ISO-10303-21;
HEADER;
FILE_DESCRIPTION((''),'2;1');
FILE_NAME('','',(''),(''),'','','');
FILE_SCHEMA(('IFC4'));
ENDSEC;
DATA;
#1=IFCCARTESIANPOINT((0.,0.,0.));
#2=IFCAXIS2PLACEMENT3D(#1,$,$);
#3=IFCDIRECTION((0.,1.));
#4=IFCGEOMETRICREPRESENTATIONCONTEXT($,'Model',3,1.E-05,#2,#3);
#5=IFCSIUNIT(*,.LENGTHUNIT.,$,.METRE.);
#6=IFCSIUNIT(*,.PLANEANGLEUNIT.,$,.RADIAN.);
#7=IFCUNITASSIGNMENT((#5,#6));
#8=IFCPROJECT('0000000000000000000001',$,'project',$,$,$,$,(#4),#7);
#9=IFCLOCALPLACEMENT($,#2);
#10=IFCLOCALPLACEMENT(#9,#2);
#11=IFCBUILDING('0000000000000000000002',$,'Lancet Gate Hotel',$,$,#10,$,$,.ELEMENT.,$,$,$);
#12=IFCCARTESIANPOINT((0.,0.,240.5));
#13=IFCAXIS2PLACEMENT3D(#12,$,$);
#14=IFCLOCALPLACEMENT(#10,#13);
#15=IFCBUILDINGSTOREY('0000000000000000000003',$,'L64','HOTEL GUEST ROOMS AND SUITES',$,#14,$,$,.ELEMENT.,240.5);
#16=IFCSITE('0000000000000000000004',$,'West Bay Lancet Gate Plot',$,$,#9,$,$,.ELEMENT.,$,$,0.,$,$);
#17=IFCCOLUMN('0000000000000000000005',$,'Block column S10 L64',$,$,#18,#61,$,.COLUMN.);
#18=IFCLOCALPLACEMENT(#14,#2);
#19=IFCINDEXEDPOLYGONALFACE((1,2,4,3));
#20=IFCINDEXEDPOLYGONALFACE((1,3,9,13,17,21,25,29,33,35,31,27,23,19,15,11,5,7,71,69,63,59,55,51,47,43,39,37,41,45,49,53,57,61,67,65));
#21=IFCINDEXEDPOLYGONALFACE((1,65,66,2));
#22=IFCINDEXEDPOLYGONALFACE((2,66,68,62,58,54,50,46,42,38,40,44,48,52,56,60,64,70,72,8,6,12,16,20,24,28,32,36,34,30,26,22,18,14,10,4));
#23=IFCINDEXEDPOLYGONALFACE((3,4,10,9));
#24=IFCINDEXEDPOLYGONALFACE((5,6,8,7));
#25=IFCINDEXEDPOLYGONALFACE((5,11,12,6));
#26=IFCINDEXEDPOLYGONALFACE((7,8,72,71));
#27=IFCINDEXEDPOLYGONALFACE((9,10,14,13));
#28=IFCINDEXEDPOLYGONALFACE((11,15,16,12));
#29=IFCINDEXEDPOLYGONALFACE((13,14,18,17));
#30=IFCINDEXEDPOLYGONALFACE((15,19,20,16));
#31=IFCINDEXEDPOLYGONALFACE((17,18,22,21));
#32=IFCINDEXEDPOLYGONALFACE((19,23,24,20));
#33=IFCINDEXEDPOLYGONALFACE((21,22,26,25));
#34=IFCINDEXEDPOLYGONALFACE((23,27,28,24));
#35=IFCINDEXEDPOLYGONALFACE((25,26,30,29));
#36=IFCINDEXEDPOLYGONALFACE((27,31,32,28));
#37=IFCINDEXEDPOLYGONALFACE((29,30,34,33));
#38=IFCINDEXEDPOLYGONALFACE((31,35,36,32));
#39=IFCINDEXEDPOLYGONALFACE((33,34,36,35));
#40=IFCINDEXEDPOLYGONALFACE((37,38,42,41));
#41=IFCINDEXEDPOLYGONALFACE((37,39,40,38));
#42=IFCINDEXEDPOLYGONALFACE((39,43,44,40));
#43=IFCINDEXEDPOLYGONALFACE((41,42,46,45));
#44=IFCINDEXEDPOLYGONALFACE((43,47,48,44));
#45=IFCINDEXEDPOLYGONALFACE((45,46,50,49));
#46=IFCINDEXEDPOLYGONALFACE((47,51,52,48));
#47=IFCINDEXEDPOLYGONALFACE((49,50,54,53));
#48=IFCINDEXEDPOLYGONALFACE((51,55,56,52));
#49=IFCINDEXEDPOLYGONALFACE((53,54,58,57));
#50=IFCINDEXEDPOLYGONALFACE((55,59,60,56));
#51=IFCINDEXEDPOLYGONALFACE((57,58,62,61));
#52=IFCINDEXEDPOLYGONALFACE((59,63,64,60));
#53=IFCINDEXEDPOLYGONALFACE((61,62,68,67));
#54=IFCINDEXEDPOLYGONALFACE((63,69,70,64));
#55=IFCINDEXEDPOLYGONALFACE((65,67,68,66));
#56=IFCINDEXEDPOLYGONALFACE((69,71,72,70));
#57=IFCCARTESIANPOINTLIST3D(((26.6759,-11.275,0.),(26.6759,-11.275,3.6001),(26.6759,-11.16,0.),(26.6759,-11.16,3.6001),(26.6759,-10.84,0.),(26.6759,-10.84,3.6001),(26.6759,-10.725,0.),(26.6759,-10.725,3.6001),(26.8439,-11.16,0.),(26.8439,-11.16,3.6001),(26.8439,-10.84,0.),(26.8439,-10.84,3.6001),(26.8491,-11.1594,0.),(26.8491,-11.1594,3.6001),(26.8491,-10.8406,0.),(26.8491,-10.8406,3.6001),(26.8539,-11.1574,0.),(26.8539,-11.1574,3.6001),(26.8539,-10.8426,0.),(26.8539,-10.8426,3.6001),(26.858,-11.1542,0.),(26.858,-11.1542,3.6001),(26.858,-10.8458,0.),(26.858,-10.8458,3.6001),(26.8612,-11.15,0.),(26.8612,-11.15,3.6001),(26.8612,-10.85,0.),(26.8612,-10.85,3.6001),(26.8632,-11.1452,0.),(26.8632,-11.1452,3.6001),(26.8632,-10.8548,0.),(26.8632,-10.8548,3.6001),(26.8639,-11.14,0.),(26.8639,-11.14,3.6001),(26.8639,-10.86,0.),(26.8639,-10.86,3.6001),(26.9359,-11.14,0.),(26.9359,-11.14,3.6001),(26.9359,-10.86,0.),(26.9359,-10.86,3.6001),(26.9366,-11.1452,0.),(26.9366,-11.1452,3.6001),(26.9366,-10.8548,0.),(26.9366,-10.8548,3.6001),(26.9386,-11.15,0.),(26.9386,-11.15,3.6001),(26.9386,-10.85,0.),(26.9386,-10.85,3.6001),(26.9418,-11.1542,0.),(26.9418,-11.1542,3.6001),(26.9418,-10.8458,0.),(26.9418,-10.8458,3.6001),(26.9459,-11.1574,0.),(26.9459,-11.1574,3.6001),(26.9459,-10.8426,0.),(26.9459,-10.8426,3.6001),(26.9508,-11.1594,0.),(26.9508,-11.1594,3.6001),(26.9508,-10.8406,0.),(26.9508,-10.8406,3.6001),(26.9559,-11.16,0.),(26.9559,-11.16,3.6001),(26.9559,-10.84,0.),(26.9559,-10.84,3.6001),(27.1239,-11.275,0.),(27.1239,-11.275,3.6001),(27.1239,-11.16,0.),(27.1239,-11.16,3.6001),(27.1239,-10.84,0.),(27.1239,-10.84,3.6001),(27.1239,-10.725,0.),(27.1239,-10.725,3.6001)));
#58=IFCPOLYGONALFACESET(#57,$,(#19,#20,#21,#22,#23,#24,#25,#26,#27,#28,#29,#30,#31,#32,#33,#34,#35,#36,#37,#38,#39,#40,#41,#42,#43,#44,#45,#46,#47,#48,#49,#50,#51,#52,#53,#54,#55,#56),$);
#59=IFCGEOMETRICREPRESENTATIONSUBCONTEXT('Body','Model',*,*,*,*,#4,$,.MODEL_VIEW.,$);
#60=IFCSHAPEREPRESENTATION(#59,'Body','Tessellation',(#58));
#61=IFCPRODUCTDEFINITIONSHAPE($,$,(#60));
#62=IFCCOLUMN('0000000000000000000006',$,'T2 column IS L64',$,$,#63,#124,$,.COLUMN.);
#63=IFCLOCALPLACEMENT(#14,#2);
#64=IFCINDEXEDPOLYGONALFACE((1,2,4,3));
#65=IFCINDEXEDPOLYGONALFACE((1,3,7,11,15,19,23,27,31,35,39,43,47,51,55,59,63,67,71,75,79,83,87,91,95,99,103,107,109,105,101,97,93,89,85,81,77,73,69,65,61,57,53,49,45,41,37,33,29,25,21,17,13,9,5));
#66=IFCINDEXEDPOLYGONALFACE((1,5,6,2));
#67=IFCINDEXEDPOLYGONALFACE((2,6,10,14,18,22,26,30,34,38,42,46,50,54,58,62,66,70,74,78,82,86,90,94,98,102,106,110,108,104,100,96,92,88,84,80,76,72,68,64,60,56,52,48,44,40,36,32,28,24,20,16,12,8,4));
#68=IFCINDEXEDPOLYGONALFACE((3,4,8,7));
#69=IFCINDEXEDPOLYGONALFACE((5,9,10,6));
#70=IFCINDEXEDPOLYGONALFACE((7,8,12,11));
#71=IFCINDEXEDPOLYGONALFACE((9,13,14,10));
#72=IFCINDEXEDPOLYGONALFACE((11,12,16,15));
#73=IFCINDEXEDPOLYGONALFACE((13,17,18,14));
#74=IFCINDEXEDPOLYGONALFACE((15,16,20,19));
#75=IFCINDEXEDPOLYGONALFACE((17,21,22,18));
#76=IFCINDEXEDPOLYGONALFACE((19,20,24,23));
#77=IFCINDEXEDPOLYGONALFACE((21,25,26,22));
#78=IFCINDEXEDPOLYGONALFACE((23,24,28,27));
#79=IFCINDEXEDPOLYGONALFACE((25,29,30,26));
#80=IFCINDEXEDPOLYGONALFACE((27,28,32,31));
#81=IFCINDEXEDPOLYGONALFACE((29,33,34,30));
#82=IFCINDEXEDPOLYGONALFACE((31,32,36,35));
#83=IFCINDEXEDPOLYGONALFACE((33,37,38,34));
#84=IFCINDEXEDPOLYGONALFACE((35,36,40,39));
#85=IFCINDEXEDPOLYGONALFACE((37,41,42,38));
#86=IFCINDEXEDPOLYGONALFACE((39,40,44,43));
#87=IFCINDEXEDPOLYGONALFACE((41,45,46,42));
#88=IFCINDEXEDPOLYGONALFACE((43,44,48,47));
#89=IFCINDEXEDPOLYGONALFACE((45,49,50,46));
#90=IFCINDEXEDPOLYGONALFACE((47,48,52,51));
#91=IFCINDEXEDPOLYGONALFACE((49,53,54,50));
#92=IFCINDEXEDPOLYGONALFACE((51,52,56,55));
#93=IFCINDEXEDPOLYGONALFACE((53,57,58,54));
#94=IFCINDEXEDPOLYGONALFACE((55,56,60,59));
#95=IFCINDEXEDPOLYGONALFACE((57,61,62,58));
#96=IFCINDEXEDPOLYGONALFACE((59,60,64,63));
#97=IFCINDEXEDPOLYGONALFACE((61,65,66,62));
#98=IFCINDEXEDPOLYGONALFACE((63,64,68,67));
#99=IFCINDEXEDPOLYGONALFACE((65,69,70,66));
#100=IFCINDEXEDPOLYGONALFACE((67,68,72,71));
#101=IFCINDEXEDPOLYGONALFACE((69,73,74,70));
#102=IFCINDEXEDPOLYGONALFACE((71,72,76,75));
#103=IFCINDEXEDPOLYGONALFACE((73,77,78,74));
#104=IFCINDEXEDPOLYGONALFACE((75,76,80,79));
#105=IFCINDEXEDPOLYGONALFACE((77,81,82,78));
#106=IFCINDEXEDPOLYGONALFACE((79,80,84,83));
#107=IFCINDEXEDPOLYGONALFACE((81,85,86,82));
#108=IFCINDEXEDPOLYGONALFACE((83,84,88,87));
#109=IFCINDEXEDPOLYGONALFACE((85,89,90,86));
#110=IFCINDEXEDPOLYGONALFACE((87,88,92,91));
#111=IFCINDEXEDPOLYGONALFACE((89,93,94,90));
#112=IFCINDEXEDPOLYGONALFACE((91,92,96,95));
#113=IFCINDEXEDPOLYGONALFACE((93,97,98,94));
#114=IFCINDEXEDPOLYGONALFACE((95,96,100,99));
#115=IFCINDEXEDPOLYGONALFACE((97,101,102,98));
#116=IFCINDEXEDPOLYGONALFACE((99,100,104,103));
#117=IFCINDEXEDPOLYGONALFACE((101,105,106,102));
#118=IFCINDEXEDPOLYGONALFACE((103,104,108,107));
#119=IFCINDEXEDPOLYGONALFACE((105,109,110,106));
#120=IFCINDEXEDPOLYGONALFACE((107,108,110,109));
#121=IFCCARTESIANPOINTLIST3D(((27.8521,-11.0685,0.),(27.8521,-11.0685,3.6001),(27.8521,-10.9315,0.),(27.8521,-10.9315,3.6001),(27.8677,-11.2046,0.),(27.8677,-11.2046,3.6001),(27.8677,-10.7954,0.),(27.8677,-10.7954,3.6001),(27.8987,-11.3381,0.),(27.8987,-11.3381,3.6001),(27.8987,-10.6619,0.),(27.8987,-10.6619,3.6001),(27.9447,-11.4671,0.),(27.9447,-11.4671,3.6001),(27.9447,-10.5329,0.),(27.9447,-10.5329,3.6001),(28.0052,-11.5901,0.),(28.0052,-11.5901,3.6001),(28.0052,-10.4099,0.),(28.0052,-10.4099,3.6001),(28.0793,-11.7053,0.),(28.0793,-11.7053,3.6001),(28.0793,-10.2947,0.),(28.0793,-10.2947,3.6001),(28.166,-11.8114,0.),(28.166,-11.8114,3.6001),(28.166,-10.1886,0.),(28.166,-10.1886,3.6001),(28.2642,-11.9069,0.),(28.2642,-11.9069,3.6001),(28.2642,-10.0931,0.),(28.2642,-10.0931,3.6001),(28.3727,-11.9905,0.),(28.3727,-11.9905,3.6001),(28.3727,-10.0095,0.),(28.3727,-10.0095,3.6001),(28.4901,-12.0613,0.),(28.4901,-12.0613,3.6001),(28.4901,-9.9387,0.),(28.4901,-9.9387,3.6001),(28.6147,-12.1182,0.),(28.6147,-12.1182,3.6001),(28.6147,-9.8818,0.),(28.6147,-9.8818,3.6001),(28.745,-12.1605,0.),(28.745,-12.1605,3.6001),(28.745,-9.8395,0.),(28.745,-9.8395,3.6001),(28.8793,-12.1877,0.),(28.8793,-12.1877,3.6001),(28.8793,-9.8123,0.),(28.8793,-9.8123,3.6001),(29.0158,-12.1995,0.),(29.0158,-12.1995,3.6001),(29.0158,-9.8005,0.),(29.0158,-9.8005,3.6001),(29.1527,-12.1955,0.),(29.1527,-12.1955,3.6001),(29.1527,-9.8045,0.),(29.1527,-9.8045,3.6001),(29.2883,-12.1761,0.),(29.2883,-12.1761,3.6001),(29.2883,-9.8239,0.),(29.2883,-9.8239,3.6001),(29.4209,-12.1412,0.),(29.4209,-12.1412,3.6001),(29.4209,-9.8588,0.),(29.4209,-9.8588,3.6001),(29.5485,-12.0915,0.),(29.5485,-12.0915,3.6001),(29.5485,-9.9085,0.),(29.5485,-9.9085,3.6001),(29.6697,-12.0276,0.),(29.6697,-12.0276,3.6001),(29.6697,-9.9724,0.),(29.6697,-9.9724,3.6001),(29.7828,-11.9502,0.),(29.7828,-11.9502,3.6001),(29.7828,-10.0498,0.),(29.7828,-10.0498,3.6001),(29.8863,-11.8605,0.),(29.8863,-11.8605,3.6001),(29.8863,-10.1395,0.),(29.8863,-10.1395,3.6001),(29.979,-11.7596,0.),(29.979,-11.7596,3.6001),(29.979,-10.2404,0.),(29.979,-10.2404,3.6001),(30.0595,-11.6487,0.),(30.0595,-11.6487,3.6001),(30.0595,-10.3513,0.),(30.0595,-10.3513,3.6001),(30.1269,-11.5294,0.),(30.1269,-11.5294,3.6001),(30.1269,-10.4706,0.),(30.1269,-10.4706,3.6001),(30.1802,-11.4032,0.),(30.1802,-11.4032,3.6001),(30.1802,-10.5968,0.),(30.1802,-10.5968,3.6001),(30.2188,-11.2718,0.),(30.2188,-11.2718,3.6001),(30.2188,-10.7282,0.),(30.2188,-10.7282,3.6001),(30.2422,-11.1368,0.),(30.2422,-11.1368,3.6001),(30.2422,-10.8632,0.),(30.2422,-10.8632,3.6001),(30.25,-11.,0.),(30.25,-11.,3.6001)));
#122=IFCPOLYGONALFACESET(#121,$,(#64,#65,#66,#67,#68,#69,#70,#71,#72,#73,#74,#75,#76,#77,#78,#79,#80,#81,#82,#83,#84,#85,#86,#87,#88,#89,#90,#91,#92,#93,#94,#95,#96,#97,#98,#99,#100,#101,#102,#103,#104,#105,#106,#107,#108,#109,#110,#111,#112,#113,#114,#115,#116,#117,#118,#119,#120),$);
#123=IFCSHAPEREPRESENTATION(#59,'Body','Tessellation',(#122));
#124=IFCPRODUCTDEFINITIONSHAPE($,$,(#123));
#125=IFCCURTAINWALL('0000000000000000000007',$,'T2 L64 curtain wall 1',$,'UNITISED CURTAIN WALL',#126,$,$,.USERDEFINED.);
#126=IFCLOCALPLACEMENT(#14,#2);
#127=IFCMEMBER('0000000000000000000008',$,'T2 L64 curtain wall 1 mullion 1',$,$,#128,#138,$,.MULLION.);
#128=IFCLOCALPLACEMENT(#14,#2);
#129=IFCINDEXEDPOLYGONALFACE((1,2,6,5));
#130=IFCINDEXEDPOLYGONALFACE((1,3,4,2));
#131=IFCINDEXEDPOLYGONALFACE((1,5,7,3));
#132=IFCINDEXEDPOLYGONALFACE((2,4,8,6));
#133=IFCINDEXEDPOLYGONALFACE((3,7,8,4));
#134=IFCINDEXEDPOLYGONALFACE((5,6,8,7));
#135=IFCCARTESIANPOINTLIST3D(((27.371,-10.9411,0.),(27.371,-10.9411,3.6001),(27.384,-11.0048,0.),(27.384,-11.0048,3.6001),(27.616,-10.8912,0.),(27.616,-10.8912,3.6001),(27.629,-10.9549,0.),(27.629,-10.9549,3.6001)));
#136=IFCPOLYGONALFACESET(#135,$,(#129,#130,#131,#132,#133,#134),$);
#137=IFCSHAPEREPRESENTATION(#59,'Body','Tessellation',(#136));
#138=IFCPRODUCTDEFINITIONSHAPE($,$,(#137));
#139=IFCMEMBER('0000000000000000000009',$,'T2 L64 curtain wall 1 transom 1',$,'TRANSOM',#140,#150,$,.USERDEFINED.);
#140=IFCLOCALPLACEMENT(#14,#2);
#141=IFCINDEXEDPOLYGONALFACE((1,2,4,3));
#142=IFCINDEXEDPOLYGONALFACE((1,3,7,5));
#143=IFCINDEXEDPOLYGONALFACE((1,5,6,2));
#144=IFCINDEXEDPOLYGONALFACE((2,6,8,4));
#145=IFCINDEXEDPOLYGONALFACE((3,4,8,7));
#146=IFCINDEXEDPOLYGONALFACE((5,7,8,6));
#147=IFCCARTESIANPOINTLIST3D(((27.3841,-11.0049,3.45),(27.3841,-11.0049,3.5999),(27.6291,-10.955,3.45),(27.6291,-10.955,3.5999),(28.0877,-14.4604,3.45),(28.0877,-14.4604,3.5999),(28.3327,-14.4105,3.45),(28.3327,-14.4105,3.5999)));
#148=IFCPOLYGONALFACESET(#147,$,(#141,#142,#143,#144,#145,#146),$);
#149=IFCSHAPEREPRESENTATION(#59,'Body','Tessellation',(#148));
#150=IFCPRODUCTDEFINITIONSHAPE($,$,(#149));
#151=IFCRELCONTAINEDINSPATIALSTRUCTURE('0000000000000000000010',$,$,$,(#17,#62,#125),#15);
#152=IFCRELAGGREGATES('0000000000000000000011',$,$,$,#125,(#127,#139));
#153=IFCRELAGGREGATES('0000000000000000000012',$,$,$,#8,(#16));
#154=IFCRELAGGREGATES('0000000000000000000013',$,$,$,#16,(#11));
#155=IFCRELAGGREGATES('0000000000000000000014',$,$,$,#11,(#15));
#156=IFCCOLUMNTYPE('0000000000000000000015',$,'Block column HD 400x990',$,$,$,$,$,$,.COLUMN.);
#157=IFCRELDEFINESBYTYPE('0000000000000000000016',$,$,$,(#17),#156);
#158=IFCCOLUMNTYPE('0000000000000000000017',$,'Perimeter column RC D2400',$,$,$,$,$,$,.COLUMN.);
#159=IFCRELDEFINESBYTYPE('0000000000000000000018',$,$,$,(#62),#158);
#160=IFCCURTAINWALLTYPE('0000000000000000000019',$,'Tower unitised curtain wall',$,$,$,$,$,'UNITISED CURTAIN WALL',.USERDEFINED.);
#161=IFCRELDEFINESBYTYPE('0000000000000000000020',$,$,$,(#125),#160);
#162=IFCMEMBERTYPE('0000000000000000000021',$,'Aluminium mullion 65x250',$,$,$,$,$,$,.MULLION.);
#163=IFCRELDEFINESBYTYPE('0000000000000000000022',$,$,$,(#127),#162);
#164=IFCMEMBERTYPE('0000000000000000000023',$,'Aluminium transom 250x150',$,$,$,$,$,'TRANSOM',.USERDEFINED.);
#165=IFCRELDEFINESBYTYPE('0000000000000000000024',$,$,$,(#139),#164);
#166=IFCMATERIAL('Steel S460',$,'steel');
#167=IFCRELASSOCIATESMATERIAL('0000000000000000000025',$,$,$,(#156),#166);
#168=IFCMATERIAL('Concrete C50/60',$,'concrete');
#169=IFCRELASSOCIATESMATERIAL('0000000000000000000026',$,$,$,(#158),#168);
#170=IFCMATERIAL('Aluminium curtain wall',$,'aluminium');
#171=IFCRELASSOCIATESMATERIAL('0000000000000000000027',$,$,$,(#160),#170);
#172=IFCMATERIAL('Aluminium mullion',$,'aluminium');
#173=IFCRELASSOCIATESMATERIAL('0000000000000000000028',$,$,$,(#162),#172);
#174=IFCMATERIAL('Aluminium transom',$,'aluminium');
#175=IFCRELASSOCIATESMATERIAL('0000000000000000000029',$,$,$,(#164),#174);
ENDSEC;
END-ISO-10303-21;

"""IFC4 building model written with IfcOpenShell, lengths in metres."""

from ifc_helpers import new_model, si_unit, direction, frame, origin, origin_2d, place, context, subcontext, project, spatial, rectangle, circle, i_section, extrude, material, material_profile, profile_set, type_object, element, aggregate, save


model = new_model("IFC4")

# Units and contexts
model_context = context("Model", 3, precision=1e-05, world=origin(), true_north=direction((0.0, 1.0)))
body_context = subcontext(model_context, "Body", "Model", "MODEL_VIEW")
ifc_project = project(units=[si_unit("LENGTHUNIT", "METRE"), si_unit("PLANEANGLEUNIT", "RADIAN")], contexts=[model_context])

# Site, building, storey
site_placement = place(None, origin())
site = spatial("IfcSite", under=ifc_project, at=site_placement, Name="West Bay Lancet Gate Plot", CompositionType="ELEMENT", RefElevation=0.0)
building_placement = place(site_placement, origin())
building = spatial("IfcBuilding", under=site, at=building_placement, Name="Lancet Gate Hotel", CompositionType="ELEMENT")
storey_placement = place(building_placement, frame((0.0, 0.0, 240.5)))
storey = spatial("IfcBuildingStorey", under=building, at=storey_placement, Name="L64", Description="HOTEL GUEST ROOMS AND SUITES", CompositionType="ELEMENT", Elevation=240.5)

# Columns
ifc_material_1 = material(Name="Steel S460", Category="steel")
ifc_material_profile_1 = material_profile(ifc_material_1, i_section(OverallWidth=0.448, OverallDepth=0.55, WebThickness=0.072, FlangeThickness=0.115, FilletRadius=0.02, at=origin_2d()), Name="HD 400x990")
ifc_profile_set_1 = profile_set([ifc_material_profile_1], Name="Steel S460")
column_type_1 = type_object("IfcColumnType", Name="Block column HD 400x990", PredefinedType="COLUMN", material=ifc_profile_set_1)
column_1_placement = place(storey_placement, frame((26.8999, -11.0, 0.0), z_axis=(0.0, 0.0, 1.0), x_axis=(1.0, 0.0, 0.0)))
element("IfcColumn", 1, at=column_1_placement, inside=storey, type_object=column_type_1, Name="Block column S10 L64", PredefinedType="COLUMN", context=body_context, shape_type="SweptSolid", body=[
    extrude(i_section(OverallWidth=0.448, OverallDepth=0.55, WebThickness=0.072, FlangeThickness=0.115, FilletRadius=0.02, at=origin_2d()), origin(), (0.0, 0.0, 1.0), 3.6001),
])
ifc_material_2 = material(Name="Concrete C50/60", Category="concrete")
ifc_material_profile_2 = material_profile(ifc_material_2, circle(Radius=1.2, at=origin_2d()), Name="RC D2400")
ifc_profile_set_2 = profile_set([ifc_material_profile_2], Name="Concrete C50/60")
column_type_2 = type_object("IfcColumnType", Name="Perimeter column RC D2400", PredefinedType="COLUMN", material=ifc_profile_set_2)
column_2_placement = place(storey_placement, frame((29.05, -11.0, 0.0), z_axis=(0.0, 0.0, 1.0), x_axis=(1.0, 0.0, 0.0)))
element("IfcColumn", 2, at=column_2_placement, inside=storey, type_object=column_type_2, Name="T2 column IS L64", PredefinedType="COLUMN", context=body_context, shape_type="SweptSolid", body=[
    extrude(circle(Radius=1.2, at=origin_2d()), origin(), (0.0, 0.0, 1.0), 3.6001),
])

# Curtain wall, members
ifc_material_3 = material(Name="Aluminium curtain wall", Category="aluminium")
curtain_wall_type = type_object("IfcCurtainWallType", Name="Tower unitised curtain wall", ElementType="UNITISED CURTAIN WALL", PredefinedType="USERDEFINED", material=ifc_material_3)
curtain_wall_placement = place(storey_placement, origin())
curtain_wall = element("IfcCurtainWall", 3, at=curtain_wall_placement, inside=storey, type_object=curtain_wall_type, Name="T2 L64 curtain wall 1", ObjectType="UNITISED CURTAIN WALL", PredefinedType="USERDEFINED")
ifc_material_4 = material(Name="Aluminium mullion", Category="aluminium")
ifc_material_profile_3 = material_profile(ifc_material_4, rectangle(XDim=0.0649, YDim=0.25, at=origin_2d()), Name="MULLION 65x250")
ifc_profile_set_3 = profile_set([ifc_material_profile_3], Name="Aluminium mullion")
member_type_1 = type_object("IfcMemberType", Name="Aluminium mullion 65x250", PredefinedType="MULLION", material=ifc_profile_set_3)
member_1_placement = place(storey_placement, frame((27.5, -10.948, 0.0), z_axis=(0.0, 0.0, 1.0), x_axis=(0.199533, -0.979891, 0.0)))
member_1 = element("IfcMember", 4, at=member_1_placement, type_object=member_type_1, Name="T2 L64 curtain wall 1 mullion 1", PredefinedType="MULLION", context=body_context, shape_type="SweptSolid", body=[
    extrude(rectangle(XDim=0.0649, YDim=0.25, at=origin_2d()), origin(), (0.0, 0.0, 1.0), 3.6001),
])
ifc_material_5 = material(Name="Aluminium transom", Category="aluminium")
ifc_material_profile_4 = material_profile(ifc_material_5, rectangle(XDim=0.25, YDim=0.1499, at=origin_2d()), Name="TRANSOM 250x150")
ifc_profile_set_4 = profile_set([ifc_material_profile_4], Name="Aluminium transom")
member_type_2 = type_object("IfcMemberType", Name="Aluminium transom 250x150", ElementType="TRANSOM", PredefinedType="USERDEFINED", material=ifc_profile_set_4)
member_2_placement = place(storey_placement, frame((27.5066, -10.98, 3.5249), z_axis=(0.199523, -0.979893, 0.0), x_axis=(0.979893, 0.199523, 0.0)))
member_2 = element("IfcMember", 5, at=member_2_placement, type_object=member_type_2, Name="T2 L64 curtain wall 1 transom 1", ObjectType="TRANSOM", PredefinedType="USERDEFINED", context=body_context, shape_type="SweptSolid", body=[
    extrude(rectangle(XDim=0.25, YDim=0.1499, at=origin_2d()), origin(), (0.0, 0.0, 1.0), 3.5264),
])
aggregate(curtain_wall, [member_1, member_2])

save(model, "model.ifc")
